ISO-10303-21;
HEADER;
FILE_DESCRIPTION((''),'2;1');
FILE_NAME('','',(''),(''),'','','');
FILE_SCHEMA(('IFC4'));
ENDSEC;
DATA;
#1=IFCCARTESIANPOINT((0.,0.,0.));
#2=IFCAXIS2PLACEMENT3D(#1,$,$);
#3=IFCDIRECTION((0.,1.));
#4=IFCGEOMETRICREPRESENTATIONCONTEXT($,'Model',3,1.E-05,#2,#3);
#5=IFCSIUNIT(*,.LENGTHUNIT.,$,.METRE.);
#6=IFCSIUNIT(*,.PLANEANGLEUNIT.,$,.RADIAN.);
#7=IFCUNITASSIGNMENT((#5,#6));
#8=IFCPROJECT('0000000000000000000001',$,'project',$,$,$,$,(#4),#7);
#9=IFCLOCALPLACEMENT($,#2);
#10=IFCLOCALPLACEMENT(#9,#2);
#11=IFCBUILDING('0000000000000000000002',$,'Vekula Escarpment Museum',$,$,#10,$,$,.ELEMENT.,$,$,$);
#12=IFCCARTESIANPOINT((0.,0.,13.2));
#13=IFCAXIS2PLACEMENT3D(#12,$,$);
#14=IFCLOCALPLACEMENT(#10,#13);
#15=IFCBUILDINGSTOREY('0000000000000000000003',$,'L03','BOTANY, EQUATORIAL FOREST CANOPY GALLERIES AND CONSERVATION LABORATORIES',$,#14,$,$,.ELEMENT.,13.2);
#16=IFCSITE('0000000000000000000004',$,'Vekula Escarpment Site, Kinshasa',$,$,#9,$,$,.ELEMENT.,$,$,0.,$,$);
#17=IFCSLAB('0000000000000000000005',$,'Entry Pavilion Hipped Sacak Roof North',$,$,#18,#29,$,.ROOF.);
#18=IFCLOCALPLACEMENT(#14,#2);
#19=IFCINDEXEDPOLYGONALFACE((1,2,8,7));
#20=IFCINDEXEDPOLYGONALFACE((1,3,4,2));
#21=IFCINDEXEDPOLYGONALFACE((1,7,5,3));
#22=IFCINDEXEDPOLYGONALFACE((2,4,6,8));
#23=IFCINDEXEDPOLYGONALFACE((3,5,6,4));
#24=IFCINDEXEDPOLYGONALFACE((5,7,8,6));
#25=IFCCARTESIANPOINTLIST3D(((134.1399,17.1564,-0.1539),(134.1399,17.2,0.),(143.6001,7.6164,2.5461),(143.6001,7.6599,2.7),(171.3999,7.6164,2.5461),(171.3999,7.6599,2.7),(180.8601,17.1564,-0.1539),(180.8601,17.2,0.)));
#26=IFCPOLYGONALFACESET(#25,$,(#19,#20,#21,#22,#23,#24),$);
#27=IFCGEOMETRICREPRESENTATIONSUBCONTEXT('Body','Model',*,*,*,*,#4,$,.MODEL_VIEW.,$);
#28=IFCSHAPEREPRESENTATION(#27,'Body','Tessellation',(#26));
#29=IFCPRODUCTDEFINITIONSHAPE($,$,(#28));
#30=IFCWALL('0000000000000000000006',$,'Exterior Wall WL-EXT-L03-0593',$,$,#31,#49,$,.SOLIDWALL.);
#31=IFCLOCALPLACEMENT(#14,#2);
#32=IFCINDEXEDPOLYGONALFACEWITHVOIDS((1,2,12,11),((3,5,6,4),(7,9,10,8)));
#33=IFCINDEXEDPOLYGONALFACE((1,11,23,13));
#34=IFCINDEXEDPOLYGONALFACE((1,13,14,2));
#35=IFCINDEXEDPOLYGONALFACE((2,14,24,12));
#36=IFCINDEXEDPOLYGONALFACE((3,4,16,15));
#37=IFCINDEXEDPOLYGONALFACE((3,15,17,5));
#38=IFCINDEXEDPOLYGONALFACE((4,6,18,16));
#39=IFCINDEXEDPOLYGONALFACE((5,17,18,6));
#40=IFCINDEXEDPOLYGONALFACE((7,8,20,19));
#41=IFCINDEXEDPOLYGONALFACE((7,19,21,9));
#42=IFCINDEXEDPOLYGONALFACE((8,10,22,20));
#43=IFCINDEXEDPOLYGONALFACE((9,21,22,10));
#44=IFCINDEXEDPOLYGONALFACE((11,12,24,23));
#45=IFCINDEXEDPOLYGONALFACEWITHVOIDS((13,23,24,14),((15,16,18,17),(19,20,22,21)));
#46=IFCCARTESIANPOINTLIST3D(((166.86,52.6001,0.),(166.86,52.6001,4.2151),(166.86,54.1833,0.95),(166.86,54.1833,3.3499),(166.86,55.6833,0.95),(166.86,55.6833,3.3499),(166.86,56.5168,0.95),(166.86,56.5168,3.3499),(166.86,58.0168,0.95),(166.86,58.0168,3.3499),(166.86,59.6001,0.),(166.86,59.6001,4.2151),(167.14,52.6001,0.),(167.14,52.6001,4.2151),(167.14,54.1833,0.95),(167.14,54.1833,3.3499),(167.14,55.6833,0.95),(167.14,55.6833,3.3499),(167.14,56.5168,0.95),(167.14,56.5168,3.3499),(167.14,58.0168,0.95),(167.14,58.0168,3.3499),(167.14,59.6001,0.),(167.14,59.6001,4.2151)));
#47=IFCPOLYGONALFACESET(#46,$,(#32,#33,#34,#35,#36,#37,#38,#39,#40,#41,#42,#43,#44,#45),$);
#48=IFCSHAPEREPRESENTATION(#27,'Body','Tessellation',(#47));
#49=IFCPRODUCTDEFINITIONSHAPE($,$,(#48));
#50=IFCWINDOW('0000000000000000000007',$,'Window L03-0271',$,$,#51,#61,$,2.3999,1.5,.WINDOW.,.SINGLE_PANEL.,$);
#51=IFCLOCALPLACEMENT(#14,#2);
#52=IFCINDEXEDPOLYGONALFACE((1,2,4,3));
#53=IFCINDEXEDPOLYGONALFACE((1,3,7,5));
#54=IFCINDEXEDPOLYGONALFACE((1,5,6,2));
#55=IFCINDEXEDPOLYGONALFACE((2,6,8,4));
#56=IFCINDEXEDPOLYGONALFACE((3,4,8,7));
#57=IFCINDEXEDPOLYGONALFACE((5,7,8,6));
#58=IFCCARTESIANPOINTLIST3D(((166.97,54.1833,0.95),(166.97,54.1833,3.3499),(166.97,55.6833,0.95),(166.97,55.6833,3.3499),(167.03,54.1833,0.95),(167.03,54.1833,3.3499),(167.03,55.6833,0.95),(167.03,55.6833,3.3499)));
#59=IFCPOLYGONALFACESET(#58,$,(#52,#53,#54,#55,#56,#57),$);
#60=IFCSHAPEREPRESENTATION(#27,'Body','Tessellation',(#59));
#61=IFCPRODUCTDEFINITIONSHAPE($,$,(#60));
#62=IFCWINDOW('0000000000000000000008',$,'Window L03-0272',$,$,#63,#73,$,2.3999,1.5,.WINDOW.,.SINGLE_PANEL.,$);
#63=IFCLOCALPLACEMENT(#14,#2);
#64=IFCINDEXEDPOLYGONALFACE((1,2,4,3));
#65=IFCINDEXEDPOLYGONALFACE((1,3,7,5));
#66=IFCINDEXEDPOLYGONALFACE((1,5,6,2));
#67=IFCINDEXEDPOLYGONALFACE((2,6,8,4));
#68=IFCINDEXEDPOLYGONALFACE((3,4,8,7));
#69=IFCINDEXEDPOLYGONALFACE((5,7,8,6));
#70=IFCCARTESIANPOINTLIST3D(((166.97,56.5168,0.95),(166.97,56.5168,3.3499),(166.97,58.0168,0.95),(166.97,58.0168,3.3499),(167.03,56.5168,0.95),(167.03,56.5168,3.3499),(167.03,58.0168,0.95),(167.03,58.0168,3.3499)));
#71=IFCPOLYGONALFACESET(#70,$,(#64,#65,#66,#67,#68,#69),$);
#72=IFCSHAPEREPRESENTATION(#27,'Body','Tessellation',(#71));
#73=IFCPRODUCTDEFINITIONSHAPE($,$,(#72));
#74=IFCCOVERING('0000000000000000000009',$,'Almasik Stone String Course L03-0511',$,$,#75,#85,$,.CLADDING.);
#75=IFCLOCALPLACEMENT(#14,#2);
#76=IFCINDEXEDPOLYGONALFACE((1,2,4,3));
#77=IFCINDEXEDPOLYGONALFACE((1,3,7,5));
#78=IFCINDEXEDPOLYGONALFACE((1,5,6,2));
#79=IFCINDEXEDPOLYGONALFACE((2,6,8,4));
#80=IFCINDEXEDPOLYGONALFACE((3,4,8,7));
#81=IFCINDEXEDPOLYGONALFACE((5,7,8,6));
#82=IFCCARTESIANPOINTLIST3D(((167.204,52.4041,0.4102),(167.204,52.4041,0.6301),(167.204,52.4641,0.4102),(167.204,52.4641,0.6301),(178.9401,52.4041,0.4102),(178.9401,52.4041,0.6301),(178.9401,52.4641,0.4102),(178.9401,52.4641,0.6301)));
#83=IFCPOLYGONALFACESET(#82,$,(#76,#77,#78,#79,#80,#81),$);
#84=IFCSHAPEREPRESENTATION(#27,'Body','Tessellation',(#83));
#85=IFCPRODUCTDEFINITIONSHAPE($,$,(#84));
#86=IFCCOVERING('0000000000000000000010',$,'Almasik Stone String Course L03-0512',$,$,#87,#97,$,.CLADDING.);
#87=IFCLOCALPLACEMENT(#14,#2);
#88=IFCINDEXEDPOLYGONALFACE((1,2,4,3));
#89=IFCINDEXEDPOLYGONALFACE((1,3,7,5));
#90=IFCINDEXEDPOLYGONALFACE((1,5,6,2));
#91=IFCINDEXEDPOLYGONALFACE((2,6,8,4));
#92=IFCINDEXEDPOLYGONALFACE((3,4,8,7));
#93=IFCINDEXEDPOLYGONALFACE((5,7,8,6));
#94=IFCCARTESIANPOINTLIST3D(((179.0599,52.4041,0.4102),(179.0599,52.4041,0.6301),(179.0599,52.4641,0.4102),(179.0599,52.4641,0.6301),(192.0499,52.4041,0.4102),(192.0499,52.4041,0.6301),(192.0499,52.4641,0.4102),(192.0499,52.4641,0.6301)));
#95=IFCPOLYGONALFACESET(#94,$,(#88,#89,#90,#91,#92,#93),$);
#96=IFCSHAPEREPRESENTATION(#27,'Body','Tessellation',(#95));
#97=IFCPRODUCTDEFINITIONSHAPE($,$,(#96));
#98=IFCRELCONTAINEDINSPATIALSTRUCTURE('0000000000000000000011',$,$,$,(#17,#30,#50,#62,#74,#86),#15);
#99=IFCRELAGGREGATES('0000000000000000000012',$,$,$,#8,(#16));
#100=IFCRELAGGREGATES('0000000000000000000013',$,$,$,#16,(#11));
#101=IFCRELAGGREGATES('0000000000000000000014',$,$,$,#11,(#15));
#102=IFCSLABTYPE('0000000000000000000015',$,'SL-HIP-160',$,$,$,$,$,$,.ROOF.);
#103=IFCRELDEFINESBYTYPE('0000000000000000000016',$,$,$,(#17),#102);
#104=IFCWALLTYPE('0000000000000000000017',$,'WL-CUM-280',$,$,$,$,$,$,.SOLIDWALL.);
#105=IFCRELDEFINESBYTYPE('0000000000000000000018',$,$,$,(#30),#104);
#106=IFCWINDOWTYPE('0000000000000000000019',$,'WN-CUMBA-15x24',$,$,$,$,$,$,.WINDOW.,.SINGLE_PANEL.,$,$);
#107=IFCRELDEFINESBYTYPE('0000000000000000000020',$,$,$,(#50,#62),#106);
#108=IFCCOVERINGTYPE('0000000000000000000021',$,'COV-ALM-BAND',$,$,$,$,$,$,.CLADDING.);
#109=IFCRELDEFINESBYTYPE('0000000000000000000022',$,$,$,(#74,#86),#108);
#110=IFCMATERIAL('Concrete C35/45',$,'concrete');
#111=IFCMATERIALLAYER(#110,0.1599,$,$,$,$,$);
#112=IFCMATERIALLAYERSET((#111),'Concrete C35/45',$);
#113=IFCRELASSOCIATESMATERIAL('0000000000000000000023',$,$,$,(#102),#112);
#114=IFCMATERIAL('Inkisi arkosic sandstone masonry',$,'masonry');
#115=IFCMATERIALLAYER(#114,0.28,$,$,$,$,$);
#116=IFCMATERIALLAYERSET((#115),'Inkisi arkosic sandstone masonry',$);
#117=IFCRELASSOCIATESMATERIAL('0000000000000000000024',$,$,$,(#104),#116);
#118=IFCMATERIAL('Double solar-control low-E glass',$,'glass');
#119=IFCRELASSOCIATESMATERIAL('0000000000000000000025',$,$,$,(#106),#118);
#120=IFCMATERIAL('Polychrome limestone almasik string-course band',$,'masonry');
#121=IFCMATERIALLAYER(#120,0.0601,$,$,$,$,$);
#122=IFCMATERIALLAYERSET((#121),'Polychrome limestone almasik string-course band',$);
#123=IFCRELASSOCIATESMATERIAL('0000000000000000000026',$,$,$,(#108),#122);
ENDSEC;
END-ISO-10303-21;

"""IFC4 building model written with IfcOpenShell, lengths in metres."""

from ifc_helpers import new_model, si_unit, direction, frame, frame_2d, origin, origin_2d, place, context, subcontext, project, spatial, polyline, rectangle, outline, extrude, material, layer, layer_set, type_object, element, fill, save


model = new_model("IFC4")

# Units and contexts
model_context = context("Model", 3, precision=1e-05, world=origin(), true_north=direction((0.0, 1.0)))
body_context = subcontext(model_context, "Body", "Model", "MODEL_VIEW")
ifc_project = project(units=[si_unit("LENGTHUNIT", "METRE"), si_unit("PLANEANGLEUNIT", "RADIAN")], contexts=[model_context])

# Site, building, storey
site_placement = place(None, origin())
site = spatial("IfcSite", under=ifc_project, at=site_placement, Name="Vekula Escarpment Site, Kinshasa", CompositionType="ELEMENT", RefElevation=0.0)
building_placement = place(site_placement, origin())
building = spatial("IfcBuilding", under=site, at=building_placement, Name="Vekula Escarpment Museum", CompositionType="ELEMENT")
storey_placement = place(building_placement, frame((0.0, 0.0, 13.2)))
storey = spatial("IfcBuildingStorey", under=building, at=storey_placement, Name="L03", Description="BOTANY, EQUATORIAL FOREST CANOPY GALLERIES AND CONSERVATION LABORATORIES", CompositionType="ELEMENT", Elevation=13.2)

# Slab
ifc_material_1 = material(Name="Concrete C35/45", Category="concrete")
ifc_layer_1 = layer(ifc_material_1, 0.1599)
ifc_layer_set_1 = layer_set([ifc_layer_1], Name="Concrete C35/45")
slab_type = type_object("IfcSlabType", Name="SL-HIP-160", PredefinedType="ROOF", material=ifc_layer_set_1)
slab_placement = place(storey_placement, frame((180.8601, 17.2, 0.0), z_axis=(0.0, 0.272317, 0.962208), x_axis=(-1.0, 0.0, 0.0)))
element("IfcSlab", 1, at=slab_placement, inside=storey, type_object=slab_type, Name="Entry Pavilion Hipped Sacak Roof North", PredefinedType="ROOF", context=body_context, shape_type="SweptSolid", body=[
    extrude(outline(polyline([(0.0, 0.0), (46.7202, 0.0), (37.26, 9.9147), (9.4602, 9.9147), (0.0, 0.0)])), origin(), (0.0, 0.0, -1.0), 0.1599),
])

# Wall, openings, windows
ifc_material_2 = material(Name="Inkisi arkosic sandstone masonry", Category="masonry")
ifc_layer_2 = layer(ifc_material_2, 0.28)
ifc_layer_set_2 = layer_set([ifc_layer_2], Name="Inkisi arkosic sandstone masonry")
wall_type = type_object("IfcWallType", Name="WL-CUM-280", PredefinedType="SOLIDWALL", material=ifc_layer_set_2)
wall_placement = place(storey_placement, frame((167.0, 52.6001, 0.0), z_axis=(0.0, 0.0, 1.0), x_axis=(0.0, 1.0, 0.0)))
wall = element("IfcWall", 2, at=wall_placement, inside=storey, type_object=wall_type, Name="Exterior Wall WL-EXT-L03-0593", PredefinedType="SOLIDWALL", context=body_context, shape_type="SweptSolid", body=[
    extrude(rectangle(XDim=7.0, YDim=0.28, at=frame_2d((3.5, 0.0))), origin(), (0.0, 0.0, 1.0), 4.2151),
])
opening_1_placement = place(wall_placement, frame((1.5833, 0.0, 0.95)))
opening_1 = element("IfcOpeningElement", 3, at=opening_1_placement, cuts=wall, PredefinedType="OPENING", context=body_context, shape_type="SweptSolid", body=[
    extrude(rectangle(XDim=1.5, YDim=2.3999, at=frame_2d((0.75, 1.2))), frame((0.0, 0.1499, 0.0), z_axis=(0.0, -1.0, 0.0), x_axis=(1.0, 0.0, 0.0)), (0.0, 0.0, 1.0), 0.3),
])
opening_2_placement = place(wall_placement, frame((3.9167, 0.0, 0.95)))
opening_2 = element("IfcOpeningElement", 4, at=opening_2_placement, cuts=wall, PredefinedType="OPENING", context=body_context, shape_type="SweptSolid", body=[
    extrude(rectangle(XDim=1.5, YDim=2.3999, at=frame_2d((0.75, 1.2))), frame((0.0, 0.1499, 0.0), z_axis=(0.0, -1.0, 0.0), x_axis=(1.0, 0.0, 0.0)), (0.0, 0.0, 1.0), 0.3),
])
ifc_material_3 = material(Name="Double solar-control low-E glass", Category="glass")
window_type = type_object("IfcWindowType", Name="WN-CUMBA-15x24", PartitioningType="SINGLE_PANEL", PredefinedType="WINDOW", material=ifc_material_3)
window_1_placement = place(opening_1_placement, origin())
window_1 = element("IfcWindow", 5, at=window_1_placement, inside=storey, type_object=window_type, Name="Window L03-0271", OverallHeight=2.3999, OverallWidth=1.5, PartitioningType="SINGLE_PANEL", PredefinedType="WINDOW", context=body_context, shape_type="SweptSolid", body=[
    extrude(rectangle(XDim=1.5, YDim=2.3999, at=frame_2d((0.75, 1.2))), frame((0.0, 0.03, 0.0), z_axis=(0.0, -1.0, 0.0), x_axis=(1.0, 0.0, 0.0)), (0.0, 0.0, 1.0), 0.0601),
])
fill(opening_1, window_1)
window_2_placement = place(opening_2_placement, origin())
window_2 = element("IfcWindow", 6, at=window_2_placement, inside=storey, type_object=window_type, Name="Window L03-0272", OverallHeight=2.3999, OverallWidth=1.5, PartitioningType="SINGLE_PANEL", PredefinedType="WINDOW", context=body_context, shape_type="SweptSolid", body=[
    extrude(rectangle(XDim=1.5, YDim=2.3999, at=frame_2d((0.75, 1.2))), frame((0.0, 0.03, 0.0), z_axis=(0.0, -1.0, 0.0), x_axis=(1.0, 0.0, 0.0)), (0.0, 0.0, 1.0), 0.0601),
])
fill(opening_2, window_2)

# Coverings
ifc_material_4 = material(Name="Polychrome limestone almasik string-course band", Category="masonry")
ifc_layer_3 = layer(ifc_material_4, 0.0601)
ifc_layer_set_3 = layer_set([ifc_layer_3], Name="Polychrome limestone almasik string-course band")
covering_type = type_object("IfcCoveringType", Name="COV-ALM-BAND", PredefinedType="CLADDING", material=ifc_layer_set_3)
covering_1_placement = place(storey_placement, frame((173.072, 52.4341, 0.4102), z_axis=(0.0, 0.0, 1.0), x_axis=(1.0, 0.0, 0.0)))
element("IfcCovering", 7, at=covering_1_placement, inside=storey, type_object=covering_type, Name="Almasik Stone String Course L03-0511", PredefinedType="CLADDING", context=body_context, shape_type="SweptSolid", body=[
    extrude(rectangle(XDim=11.7361, YDim=0.0601, at=origin_2d()), origin(), (0.0, 0.0, 1.0), 0.22),
])
covering_2_placement = place(storey_placement, frame((185.5549, 52.4341, 0.4102), z_axis=(0.0, 0.0, 1.0), x_axis=(1.0, 0.0, 0.0)))
element("IfcCovering", 8, at=covering_2_placement, inside=storey, type_object=covering_type, Name="Almasik Stone String Course L03-0512", PredefinedType="CLADDING", context=body_context, shape_type="SweptSolid", body=[
    extrude(rectangle(XDim=12.99, YDim=0.0601, at=origin_2d()), origin(), (0.0, 0.0, 1.0), 0.22),
])

save(model, "model.ifc")
